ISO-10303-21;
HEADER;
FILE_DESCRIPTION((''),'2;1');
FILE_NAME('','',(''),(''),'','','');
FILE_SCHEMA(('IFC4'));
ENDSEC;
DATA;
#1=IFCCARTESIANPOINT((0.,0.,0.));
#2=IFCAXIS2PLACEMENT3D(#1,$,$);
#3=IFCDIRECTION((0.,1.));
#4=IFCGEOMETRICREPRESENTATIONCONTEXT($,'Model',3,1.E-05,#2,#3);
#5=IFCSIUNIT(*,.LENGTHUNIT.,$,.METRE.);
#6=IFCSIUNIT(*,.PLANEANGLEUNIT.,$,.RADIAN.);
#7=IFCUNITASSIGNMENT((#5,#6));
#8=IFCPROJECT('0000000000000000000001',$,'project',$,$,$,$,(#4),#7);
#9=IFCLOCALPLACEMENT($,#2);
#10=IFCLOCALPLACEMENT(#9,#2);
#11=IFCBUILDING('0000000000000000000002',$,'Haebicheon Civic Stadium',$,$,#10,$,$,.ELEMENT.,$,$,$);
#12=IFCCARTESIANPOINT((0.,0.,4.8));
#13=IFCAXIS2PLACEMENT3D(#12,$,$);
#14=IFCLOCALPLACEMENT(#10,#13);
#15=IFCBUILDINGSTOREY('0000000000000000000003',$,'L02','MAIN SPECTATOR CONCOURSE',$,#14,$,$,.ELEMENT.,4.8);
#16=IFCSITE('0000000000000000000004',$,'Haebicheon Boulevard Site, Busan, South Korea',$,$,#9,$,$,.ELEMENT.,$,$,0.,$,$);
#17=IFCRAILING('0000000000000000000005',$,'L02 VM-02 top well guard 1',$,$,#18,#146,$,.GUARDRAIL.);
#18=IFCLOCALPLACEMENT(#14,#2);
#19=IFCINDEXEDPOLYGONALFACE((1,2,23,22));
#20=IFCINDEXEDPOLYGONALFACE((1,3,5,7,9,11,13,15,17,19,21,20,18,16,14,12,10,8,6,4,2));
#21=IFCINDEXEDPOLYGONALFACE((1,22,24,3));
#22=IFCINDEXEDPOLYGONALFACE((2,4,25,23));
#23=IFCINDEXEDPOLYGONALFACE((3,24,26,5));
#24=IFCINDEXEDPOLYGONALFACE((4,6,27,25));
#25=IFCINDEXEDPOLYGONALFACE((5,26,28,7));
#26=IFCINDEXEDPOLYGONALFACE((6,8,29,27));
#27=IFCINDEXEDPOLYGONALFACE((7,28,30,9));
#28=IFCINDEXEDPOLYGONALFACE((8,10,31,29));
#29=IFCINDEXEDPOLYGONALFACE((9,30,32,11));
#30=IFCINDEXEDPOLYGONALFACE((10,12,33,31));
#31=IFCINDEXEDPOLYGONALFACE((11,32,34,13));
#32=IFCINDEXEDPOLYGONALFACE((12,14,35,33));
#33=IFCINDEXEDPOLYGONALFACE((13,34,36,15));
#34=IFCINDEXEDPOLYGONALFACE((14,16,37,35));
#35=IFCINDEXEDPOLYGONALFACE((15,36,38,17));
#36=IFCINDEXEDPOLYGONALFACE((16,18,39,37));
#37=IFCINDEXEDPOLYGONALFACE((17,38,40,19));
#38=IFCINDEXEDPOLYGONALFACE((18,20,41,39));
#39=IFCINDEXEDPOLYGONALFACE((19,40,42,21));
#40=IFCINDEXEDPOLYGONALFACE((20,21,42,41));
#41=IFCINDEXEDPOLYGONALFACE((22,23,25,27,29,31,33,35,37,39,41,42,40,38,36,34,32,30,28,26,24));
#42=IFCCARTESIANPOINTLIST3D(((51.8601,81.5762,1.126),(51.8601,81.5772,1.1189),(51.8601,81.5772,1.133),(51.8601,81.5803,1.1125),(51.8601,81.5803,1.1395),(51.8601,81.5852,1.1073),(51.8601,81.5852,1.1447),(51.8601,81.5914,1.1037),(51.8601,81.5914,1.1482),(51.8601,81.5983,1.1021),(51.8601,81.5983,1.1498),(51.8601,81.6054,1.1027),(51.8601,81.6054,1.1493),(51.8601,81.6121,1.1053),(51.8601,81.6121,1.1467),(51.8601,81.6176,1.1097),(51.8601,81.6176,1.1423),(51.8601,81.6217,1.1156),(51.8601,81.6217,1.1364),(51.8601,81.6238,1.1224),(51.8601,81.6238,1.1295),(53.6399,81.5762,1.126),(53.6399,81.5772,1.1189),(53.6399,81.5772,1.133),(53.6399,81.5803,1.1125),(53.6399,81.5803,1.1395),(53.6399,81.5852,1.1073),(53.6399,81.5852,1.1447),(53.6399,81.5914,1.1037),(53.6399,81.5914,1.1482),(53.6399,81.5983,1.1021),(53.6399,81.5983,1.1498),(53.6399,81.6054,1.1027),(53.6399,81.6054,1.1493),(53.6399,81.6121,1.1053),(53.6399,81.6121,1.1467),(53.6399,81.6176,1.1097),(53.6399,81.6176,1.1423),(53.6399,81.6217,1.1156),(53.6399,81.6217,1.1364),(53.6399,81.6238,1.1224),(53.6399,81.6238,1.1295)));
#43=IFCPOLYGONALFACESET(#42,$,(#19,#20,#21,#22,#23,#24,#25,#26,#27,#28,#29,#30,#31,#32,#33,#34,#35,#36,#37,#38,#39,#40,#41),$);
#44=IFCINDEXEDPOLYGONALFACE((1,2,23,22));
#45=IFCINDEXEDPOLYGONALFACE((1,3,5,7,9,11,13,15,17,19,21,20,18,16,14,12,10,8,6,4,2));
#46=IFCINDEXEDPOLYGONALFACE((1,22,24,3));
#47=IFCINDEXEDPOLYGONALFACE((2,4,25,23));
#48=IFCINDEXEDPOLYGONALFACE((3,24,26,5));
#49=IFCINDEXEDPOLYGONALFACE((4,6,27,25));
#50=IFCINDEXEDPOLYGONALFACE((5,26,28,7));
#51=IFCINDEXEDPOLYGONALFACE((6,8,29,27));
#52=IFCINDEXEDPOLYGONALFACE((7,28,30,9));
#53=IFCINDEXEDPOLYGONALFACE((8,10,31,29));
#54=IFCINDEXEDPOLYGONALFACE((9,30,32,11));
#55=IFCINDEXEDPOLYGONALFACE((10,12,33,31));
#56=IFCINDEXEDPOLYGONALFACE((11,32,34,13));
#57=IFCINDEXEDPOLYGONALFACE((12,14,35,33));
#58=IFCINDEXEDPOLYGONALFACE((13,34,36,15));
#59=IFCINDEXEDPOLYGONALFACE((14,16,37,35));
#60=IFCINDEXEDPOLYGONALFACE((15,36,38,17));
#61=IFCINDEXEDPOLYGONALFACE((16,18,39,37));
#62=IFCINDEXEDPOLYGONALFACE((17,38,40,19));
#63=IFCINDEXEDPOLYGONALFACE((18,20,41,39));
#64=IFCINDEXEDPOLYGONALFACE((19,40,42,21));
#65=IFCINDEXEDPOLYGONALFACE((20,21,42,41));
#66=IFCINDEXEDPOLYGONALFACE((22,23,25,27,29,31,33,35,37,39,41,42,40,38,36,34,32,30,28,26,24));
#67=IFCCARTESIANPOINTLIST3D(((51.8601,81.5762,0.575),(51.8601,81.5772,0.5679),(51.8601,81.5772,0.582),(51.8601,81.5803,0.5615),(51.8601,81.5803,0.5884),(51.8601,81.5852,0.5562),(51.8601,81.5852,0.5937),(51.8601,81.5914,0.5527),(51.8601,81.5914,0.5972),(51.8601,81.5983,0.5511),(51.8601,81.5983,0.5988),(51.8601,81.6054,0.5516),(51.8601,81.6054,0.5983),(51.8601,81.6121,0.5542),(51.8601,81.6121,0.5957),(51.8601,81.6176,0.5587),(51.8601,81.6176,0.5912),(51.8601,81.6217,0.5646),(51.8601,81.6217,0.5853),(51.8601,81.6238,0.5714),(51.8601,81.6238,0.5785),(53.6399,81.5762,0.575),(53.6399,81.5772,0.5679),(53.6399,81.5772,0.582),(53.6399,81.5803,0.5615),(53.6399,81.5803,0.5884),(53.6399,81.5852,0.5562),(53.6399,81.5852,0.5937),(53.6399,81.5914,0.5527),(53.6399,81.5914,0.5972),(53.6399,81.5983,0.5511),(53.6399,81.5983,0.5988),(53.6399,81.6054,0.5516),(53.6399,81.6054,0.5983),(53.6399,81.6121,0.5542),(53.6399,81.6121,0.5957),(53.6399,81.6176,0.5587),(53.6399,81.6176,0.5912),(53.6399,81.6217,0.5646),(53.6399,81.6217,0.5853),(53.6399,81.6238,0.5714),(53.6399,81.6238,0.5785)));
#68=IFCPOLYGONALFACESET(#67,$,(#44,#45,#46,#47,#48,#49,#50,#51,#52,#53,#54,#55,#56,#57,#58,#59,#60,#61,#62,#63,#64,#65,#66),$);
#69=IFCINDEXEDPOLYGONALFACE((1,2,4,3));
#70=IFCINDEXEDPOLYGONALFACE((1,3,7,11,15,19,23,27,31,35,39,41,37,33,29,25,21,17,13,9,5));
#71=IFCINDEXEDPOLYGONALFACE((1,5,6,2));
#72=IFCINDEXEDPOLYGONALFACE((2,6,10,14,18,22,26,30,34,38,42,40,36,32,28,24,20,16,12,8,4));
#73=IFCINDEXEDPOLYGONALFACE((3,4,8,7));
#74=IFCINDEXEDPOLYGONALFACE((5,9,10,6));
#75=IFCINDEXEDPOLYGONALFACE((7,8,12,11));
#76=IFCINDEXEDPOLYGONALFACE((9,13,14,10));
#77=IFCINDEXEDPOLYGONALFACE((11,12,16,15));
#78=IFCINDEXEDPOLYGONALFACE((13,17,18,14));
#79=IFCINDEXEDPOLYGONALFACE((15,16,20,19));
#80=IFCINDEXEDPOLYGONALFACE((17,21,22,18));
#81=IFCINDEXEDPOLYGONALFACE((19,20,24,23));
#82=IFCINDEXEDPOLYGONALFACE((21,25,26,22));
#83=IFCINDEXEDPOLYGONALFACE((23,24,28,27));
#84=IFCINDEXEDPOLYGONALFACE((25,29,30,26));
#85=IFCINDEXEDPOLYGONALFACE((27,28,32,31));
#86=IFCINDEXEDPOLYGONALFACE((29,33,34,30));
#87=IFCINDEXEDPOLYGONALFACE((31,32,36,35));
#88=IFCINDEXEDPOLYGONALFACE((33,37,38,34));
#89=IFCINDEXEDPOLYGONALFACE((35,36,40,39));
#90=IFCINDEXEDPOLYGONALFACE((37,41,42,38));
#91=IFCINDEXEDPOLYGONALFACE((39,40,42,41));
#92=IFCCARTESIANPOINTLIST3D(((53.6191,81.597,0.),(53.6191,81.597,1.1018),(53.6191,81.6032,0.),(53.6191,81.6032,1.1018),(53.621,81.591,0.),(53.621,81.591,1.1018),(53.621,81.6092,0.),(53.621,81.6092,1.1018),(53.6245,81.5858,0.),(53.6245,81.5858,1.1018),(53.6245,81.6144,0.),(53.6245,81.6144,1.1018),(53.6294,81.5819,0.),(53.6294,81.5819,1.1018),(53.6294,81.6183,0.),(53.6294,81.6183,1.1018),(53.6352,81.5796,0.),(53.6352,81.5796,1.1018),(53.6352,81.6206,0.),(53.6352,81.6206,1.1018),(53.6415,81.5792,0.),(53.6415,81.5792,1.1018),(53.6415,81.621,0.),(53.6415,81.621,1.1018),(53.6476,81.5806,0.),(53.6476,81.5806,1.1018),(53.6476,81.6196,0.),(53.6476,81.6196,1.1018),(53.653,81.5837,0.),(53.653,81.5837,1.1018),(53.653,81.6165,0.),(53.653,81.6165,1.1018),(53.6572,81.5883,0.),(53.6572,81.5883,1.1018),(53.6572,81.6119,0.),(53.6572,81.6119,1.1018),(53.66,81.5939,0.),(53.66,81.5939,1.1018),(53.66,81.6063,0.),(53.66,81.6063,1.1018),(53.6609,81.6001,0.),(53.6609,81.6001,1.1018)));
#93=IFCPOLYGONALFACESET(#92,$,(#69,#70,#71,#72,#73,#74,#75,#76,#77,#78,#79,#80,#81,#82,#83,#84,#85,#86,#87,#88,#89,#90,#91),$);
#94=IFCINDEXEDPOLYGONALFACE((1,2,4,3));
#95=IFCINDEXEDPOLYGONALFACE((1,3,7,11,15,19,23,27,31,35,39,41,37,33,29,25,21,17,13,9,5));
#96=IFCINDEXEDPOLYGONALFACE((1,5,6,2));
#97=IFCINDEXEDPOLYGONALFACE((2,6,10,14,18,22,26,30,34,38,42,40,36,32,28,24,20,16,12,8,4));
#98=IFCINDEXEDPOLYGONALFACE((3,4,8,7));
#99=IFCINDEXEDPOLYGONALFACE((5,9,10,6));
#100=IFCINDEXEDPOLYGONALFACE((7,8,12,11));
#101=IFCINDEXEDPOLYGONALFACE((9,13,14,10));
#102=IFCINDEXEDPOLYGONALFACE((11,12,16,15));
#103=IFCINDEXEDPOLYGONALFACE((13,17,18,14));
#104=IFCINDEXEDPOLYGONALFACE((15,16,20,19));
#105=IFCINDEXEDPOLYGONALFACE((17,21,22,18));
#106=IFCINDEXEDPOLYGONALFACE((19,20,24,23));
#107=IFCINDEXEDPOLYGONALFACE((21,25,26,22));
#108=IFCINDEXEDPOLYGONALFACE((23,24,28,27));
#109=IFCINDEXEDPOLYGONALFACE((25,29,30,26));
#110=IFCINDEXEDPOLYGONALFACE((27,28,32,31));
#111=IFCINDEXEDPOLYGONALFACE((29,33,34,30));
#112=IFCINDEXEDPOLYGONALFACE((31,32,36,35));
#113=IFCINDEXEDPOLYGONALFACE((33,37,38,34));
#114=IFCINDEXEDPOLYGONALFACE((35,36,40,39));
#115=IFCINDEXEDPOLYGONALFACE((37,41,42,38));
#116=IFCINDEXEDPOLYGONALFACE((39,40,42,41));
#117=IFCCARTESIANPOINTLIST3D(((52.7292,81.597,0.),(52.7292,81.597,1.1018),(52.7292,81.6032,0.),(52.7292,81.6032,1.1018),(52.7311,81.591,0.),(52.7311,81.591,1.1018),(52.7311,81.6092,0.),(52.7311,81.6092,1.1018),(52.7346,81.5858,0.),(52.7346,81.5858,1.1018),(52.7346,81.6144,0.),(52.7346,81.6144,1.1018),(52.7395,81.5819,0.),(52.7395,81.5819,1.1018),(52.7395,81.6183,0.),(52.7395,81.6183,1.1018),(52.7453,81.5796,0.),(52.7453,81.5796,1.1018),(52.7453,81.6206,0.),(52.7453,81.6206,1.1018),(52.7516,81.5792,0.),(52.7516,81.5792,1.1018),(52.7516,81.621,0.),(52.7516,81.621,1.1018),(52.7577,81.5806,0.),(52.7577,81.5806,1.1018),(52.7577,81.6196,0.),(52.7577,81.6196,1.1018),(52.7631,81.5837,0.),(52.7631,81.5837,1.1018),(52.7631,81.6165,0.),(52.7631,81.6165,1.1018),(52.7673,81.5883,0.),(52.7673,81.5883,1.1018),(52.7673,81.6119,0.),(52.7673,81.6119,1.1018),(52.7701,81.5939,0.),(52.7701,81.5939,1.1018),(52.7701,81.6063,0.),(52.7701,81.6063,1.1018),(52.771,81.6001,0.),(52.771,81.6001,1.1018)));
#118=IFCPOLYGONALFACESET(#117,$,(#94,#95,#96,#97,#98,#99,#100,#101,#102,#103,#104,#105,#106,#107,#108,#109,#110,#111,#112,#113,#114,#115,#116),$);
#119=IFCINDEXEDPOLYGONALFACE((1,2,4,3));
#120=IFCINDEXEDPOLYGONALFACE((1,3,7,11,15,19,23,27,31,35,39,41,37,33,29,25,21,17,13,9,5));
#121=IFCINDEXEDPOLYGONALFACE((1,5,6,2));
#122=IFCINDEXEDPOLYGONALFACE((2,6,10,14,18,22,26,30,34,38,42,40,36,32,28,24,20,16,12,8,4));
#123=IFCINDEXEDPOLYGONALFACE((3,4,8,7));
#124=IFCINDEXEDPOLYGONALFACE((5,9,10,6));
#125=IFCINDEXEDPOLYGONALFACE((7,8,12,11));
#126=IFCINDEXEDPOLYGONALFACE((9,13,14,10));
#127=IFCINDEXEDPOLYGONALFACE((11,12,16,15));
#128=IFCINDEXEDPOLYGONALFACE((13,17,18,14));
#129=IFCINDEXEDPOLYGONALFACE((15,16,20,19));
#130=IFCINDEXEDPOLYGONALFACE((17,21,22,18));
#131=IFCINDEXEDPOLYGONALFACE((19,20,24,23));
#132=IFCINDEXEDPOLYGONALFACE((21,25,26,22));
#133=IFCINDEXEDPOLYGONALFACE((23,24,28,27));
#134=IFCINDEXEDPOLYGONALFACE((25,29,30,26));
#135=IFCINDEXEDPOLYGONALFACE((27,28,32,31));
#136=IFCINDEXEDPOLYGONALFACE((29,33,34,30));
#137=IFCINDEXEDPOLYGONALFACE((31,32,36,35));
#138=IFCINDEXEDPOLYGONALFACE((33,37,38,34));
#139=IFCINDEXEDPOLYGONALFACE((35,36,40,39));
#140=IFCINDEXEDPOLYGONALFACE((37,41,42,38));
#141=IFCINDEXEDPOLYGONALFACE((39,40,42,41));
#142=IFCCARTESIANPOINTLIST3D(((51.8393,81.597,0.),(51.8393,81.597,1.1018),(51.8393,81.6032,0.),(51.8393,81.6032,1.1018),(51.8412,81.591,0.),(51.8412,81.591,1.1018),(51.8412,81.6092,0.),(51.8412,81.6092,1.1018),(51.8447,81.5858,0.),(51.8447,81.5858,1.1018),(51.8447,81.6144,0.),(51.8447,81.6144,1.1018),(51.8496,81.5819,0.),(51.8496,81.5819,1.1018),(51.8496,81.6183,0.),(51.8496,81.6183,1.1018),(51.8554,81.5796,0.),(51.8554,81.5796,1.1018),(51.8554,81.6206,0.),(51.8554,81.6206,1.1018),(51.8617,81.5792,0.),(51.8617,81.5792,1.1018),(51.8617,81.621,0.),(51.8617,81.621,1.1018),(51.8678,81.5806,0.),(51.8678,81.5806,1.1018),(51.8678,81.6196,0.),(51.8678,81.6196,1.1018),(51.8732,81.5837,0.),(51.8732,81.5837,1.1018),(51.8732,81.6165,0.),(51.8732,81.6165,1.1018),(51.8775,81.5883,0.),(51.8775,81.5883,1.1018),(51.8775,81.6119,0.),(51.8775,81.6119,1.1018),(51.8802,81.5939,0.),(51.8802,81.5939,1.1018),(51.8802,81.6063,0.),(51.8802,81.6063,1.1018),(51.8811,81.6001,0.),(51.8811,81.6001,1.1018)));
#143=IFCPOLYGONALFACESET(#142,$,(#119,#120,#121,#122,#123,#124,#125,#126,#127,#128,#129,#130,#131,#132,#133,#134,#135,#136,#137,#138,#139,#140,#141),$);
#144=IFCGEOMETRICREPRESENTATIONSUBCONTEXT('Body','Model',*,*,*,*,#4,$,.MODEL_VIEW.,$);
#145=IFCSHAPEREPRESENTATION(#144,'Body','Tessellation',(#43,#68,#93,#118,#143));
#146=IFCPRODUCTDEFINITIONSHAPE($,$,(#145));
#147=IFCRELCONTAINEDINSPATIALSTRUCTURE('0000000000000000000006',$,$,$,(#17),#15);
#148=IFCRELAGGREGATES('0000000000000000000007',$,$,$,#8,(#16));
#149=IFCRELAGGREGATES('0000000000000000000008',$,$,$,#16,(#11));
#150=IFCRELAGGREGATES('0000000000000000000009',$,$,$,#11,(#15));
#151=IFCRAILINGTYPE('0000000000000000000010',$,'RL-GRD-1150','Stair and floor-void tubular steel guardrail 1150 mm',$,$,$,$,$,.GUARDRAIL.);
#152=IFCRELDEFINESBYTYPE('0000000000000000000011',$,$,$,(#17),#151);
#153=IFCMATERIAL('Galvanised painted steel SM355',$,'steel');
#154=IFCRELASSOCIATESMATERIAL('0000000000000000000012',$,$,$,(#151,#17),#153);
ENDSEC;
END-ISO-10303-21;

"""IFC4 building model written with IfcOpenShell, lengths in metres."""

from ifc_helpers import new_model, si_unit, direction, frame, origin, origin_2d, place, context, subcontext, project, spatial, circle, extrude, material, type_object, element, save


model = new_model("IFC4")

# Units and contexts
model_context = context("Model", 3, precision=1e-05, world=origin(), true_north=direction((0.0, 1.0)))
body_context = subcontext(model_context, "Body", "Model", "MODEL_VIEW")
ifc_project = project(units=[si_unit("LENGTHUNIT", "METRE"), si_unit("PLANEANGLEUNIT", "RADIAN")], contexts=[model_context])

# Site, building, storey
site_placement = place(None, origin())
site = spatial("IfcSite", under=ifc_project, at=site_placement, Name="Haebicheon Boulevard Site, Busan, South Korea", CompositionType="ELEMENT", RefElevation=0.0)
building_placement = place(site_placement, origin())
building = spatial("IfcBuilding", under=site, at=building_placement, Name="Haebicheon Civic Stadium", CompositionType="ELEMENT")
storey_placement = place(building_placement, frame((0.0, 0.0, 4.8)))
storey = spatial("IfcBuildingStorey", under=building, at=storey_placement, Name="L02", Description="MAIN SPECTATOR CONCOURSE", CompositionType="ELEMENT", Elevation=4.8)

# Railing
ifc_material_1 = material(Name="Galvanised painted steel SM355", Category="steel")
railing_type_1 = type_object("IfcRailingType", Name="RL-GRD-1150", Description="Stair and floor-void tubular steel guardrail 1150 mm", PredefinedType="GUARDRAIL", material=ifc_material_1)
railing_1_placement = place(storey_placement, frame((53.6399, 81.6001, 0.0)))
element("IfcRailing", 1, at=railing_1_placement, inside=storey, type_object=railing_type_1, material=ifc_material_1, Name="L02 VM-02 top well guard 1", PredefinedType="GUARDRAIL", context=body_context, shape_type="SweptSolid", body=[
    extrude(circle(Radius=0.0239, at=origin_2d()), frame((0.0, 0.0, 1.126), z_axis=(-1.0, 0.0, 0.0), x_axis=(0.0, -1.0, 0.0)), (0.0, 0.0, 1.0), 1.7798),
    extrude(circle(Radius=0.0239, at=origin_2d()), frame((0.0, 0.0, 0.575), z_axis=(-1.0, 0.0, 0.0), x_axis=(0.0, -1.0, 0.0)), (0.0, 0.0, 1.0), 1.7798),
    extrude(circle(Radius=0.021, at=origin_2d()), origin(), (0.0, 0.0, 1.0), 1.1018),
    extrude(circle(Radius=0.021, at=origin_2d()), frame((-0.8899, 0.0, 0.0)), (0.0, 0.0, 1.0), 1.1018),
    extrude(circle(Radius=0.021, at=origin_2d()), frame((-1.7798, 0.0, 0.0)), (0.0, 0.0, 1.0), 1.1018),
])

save(model, "model.ifc")
